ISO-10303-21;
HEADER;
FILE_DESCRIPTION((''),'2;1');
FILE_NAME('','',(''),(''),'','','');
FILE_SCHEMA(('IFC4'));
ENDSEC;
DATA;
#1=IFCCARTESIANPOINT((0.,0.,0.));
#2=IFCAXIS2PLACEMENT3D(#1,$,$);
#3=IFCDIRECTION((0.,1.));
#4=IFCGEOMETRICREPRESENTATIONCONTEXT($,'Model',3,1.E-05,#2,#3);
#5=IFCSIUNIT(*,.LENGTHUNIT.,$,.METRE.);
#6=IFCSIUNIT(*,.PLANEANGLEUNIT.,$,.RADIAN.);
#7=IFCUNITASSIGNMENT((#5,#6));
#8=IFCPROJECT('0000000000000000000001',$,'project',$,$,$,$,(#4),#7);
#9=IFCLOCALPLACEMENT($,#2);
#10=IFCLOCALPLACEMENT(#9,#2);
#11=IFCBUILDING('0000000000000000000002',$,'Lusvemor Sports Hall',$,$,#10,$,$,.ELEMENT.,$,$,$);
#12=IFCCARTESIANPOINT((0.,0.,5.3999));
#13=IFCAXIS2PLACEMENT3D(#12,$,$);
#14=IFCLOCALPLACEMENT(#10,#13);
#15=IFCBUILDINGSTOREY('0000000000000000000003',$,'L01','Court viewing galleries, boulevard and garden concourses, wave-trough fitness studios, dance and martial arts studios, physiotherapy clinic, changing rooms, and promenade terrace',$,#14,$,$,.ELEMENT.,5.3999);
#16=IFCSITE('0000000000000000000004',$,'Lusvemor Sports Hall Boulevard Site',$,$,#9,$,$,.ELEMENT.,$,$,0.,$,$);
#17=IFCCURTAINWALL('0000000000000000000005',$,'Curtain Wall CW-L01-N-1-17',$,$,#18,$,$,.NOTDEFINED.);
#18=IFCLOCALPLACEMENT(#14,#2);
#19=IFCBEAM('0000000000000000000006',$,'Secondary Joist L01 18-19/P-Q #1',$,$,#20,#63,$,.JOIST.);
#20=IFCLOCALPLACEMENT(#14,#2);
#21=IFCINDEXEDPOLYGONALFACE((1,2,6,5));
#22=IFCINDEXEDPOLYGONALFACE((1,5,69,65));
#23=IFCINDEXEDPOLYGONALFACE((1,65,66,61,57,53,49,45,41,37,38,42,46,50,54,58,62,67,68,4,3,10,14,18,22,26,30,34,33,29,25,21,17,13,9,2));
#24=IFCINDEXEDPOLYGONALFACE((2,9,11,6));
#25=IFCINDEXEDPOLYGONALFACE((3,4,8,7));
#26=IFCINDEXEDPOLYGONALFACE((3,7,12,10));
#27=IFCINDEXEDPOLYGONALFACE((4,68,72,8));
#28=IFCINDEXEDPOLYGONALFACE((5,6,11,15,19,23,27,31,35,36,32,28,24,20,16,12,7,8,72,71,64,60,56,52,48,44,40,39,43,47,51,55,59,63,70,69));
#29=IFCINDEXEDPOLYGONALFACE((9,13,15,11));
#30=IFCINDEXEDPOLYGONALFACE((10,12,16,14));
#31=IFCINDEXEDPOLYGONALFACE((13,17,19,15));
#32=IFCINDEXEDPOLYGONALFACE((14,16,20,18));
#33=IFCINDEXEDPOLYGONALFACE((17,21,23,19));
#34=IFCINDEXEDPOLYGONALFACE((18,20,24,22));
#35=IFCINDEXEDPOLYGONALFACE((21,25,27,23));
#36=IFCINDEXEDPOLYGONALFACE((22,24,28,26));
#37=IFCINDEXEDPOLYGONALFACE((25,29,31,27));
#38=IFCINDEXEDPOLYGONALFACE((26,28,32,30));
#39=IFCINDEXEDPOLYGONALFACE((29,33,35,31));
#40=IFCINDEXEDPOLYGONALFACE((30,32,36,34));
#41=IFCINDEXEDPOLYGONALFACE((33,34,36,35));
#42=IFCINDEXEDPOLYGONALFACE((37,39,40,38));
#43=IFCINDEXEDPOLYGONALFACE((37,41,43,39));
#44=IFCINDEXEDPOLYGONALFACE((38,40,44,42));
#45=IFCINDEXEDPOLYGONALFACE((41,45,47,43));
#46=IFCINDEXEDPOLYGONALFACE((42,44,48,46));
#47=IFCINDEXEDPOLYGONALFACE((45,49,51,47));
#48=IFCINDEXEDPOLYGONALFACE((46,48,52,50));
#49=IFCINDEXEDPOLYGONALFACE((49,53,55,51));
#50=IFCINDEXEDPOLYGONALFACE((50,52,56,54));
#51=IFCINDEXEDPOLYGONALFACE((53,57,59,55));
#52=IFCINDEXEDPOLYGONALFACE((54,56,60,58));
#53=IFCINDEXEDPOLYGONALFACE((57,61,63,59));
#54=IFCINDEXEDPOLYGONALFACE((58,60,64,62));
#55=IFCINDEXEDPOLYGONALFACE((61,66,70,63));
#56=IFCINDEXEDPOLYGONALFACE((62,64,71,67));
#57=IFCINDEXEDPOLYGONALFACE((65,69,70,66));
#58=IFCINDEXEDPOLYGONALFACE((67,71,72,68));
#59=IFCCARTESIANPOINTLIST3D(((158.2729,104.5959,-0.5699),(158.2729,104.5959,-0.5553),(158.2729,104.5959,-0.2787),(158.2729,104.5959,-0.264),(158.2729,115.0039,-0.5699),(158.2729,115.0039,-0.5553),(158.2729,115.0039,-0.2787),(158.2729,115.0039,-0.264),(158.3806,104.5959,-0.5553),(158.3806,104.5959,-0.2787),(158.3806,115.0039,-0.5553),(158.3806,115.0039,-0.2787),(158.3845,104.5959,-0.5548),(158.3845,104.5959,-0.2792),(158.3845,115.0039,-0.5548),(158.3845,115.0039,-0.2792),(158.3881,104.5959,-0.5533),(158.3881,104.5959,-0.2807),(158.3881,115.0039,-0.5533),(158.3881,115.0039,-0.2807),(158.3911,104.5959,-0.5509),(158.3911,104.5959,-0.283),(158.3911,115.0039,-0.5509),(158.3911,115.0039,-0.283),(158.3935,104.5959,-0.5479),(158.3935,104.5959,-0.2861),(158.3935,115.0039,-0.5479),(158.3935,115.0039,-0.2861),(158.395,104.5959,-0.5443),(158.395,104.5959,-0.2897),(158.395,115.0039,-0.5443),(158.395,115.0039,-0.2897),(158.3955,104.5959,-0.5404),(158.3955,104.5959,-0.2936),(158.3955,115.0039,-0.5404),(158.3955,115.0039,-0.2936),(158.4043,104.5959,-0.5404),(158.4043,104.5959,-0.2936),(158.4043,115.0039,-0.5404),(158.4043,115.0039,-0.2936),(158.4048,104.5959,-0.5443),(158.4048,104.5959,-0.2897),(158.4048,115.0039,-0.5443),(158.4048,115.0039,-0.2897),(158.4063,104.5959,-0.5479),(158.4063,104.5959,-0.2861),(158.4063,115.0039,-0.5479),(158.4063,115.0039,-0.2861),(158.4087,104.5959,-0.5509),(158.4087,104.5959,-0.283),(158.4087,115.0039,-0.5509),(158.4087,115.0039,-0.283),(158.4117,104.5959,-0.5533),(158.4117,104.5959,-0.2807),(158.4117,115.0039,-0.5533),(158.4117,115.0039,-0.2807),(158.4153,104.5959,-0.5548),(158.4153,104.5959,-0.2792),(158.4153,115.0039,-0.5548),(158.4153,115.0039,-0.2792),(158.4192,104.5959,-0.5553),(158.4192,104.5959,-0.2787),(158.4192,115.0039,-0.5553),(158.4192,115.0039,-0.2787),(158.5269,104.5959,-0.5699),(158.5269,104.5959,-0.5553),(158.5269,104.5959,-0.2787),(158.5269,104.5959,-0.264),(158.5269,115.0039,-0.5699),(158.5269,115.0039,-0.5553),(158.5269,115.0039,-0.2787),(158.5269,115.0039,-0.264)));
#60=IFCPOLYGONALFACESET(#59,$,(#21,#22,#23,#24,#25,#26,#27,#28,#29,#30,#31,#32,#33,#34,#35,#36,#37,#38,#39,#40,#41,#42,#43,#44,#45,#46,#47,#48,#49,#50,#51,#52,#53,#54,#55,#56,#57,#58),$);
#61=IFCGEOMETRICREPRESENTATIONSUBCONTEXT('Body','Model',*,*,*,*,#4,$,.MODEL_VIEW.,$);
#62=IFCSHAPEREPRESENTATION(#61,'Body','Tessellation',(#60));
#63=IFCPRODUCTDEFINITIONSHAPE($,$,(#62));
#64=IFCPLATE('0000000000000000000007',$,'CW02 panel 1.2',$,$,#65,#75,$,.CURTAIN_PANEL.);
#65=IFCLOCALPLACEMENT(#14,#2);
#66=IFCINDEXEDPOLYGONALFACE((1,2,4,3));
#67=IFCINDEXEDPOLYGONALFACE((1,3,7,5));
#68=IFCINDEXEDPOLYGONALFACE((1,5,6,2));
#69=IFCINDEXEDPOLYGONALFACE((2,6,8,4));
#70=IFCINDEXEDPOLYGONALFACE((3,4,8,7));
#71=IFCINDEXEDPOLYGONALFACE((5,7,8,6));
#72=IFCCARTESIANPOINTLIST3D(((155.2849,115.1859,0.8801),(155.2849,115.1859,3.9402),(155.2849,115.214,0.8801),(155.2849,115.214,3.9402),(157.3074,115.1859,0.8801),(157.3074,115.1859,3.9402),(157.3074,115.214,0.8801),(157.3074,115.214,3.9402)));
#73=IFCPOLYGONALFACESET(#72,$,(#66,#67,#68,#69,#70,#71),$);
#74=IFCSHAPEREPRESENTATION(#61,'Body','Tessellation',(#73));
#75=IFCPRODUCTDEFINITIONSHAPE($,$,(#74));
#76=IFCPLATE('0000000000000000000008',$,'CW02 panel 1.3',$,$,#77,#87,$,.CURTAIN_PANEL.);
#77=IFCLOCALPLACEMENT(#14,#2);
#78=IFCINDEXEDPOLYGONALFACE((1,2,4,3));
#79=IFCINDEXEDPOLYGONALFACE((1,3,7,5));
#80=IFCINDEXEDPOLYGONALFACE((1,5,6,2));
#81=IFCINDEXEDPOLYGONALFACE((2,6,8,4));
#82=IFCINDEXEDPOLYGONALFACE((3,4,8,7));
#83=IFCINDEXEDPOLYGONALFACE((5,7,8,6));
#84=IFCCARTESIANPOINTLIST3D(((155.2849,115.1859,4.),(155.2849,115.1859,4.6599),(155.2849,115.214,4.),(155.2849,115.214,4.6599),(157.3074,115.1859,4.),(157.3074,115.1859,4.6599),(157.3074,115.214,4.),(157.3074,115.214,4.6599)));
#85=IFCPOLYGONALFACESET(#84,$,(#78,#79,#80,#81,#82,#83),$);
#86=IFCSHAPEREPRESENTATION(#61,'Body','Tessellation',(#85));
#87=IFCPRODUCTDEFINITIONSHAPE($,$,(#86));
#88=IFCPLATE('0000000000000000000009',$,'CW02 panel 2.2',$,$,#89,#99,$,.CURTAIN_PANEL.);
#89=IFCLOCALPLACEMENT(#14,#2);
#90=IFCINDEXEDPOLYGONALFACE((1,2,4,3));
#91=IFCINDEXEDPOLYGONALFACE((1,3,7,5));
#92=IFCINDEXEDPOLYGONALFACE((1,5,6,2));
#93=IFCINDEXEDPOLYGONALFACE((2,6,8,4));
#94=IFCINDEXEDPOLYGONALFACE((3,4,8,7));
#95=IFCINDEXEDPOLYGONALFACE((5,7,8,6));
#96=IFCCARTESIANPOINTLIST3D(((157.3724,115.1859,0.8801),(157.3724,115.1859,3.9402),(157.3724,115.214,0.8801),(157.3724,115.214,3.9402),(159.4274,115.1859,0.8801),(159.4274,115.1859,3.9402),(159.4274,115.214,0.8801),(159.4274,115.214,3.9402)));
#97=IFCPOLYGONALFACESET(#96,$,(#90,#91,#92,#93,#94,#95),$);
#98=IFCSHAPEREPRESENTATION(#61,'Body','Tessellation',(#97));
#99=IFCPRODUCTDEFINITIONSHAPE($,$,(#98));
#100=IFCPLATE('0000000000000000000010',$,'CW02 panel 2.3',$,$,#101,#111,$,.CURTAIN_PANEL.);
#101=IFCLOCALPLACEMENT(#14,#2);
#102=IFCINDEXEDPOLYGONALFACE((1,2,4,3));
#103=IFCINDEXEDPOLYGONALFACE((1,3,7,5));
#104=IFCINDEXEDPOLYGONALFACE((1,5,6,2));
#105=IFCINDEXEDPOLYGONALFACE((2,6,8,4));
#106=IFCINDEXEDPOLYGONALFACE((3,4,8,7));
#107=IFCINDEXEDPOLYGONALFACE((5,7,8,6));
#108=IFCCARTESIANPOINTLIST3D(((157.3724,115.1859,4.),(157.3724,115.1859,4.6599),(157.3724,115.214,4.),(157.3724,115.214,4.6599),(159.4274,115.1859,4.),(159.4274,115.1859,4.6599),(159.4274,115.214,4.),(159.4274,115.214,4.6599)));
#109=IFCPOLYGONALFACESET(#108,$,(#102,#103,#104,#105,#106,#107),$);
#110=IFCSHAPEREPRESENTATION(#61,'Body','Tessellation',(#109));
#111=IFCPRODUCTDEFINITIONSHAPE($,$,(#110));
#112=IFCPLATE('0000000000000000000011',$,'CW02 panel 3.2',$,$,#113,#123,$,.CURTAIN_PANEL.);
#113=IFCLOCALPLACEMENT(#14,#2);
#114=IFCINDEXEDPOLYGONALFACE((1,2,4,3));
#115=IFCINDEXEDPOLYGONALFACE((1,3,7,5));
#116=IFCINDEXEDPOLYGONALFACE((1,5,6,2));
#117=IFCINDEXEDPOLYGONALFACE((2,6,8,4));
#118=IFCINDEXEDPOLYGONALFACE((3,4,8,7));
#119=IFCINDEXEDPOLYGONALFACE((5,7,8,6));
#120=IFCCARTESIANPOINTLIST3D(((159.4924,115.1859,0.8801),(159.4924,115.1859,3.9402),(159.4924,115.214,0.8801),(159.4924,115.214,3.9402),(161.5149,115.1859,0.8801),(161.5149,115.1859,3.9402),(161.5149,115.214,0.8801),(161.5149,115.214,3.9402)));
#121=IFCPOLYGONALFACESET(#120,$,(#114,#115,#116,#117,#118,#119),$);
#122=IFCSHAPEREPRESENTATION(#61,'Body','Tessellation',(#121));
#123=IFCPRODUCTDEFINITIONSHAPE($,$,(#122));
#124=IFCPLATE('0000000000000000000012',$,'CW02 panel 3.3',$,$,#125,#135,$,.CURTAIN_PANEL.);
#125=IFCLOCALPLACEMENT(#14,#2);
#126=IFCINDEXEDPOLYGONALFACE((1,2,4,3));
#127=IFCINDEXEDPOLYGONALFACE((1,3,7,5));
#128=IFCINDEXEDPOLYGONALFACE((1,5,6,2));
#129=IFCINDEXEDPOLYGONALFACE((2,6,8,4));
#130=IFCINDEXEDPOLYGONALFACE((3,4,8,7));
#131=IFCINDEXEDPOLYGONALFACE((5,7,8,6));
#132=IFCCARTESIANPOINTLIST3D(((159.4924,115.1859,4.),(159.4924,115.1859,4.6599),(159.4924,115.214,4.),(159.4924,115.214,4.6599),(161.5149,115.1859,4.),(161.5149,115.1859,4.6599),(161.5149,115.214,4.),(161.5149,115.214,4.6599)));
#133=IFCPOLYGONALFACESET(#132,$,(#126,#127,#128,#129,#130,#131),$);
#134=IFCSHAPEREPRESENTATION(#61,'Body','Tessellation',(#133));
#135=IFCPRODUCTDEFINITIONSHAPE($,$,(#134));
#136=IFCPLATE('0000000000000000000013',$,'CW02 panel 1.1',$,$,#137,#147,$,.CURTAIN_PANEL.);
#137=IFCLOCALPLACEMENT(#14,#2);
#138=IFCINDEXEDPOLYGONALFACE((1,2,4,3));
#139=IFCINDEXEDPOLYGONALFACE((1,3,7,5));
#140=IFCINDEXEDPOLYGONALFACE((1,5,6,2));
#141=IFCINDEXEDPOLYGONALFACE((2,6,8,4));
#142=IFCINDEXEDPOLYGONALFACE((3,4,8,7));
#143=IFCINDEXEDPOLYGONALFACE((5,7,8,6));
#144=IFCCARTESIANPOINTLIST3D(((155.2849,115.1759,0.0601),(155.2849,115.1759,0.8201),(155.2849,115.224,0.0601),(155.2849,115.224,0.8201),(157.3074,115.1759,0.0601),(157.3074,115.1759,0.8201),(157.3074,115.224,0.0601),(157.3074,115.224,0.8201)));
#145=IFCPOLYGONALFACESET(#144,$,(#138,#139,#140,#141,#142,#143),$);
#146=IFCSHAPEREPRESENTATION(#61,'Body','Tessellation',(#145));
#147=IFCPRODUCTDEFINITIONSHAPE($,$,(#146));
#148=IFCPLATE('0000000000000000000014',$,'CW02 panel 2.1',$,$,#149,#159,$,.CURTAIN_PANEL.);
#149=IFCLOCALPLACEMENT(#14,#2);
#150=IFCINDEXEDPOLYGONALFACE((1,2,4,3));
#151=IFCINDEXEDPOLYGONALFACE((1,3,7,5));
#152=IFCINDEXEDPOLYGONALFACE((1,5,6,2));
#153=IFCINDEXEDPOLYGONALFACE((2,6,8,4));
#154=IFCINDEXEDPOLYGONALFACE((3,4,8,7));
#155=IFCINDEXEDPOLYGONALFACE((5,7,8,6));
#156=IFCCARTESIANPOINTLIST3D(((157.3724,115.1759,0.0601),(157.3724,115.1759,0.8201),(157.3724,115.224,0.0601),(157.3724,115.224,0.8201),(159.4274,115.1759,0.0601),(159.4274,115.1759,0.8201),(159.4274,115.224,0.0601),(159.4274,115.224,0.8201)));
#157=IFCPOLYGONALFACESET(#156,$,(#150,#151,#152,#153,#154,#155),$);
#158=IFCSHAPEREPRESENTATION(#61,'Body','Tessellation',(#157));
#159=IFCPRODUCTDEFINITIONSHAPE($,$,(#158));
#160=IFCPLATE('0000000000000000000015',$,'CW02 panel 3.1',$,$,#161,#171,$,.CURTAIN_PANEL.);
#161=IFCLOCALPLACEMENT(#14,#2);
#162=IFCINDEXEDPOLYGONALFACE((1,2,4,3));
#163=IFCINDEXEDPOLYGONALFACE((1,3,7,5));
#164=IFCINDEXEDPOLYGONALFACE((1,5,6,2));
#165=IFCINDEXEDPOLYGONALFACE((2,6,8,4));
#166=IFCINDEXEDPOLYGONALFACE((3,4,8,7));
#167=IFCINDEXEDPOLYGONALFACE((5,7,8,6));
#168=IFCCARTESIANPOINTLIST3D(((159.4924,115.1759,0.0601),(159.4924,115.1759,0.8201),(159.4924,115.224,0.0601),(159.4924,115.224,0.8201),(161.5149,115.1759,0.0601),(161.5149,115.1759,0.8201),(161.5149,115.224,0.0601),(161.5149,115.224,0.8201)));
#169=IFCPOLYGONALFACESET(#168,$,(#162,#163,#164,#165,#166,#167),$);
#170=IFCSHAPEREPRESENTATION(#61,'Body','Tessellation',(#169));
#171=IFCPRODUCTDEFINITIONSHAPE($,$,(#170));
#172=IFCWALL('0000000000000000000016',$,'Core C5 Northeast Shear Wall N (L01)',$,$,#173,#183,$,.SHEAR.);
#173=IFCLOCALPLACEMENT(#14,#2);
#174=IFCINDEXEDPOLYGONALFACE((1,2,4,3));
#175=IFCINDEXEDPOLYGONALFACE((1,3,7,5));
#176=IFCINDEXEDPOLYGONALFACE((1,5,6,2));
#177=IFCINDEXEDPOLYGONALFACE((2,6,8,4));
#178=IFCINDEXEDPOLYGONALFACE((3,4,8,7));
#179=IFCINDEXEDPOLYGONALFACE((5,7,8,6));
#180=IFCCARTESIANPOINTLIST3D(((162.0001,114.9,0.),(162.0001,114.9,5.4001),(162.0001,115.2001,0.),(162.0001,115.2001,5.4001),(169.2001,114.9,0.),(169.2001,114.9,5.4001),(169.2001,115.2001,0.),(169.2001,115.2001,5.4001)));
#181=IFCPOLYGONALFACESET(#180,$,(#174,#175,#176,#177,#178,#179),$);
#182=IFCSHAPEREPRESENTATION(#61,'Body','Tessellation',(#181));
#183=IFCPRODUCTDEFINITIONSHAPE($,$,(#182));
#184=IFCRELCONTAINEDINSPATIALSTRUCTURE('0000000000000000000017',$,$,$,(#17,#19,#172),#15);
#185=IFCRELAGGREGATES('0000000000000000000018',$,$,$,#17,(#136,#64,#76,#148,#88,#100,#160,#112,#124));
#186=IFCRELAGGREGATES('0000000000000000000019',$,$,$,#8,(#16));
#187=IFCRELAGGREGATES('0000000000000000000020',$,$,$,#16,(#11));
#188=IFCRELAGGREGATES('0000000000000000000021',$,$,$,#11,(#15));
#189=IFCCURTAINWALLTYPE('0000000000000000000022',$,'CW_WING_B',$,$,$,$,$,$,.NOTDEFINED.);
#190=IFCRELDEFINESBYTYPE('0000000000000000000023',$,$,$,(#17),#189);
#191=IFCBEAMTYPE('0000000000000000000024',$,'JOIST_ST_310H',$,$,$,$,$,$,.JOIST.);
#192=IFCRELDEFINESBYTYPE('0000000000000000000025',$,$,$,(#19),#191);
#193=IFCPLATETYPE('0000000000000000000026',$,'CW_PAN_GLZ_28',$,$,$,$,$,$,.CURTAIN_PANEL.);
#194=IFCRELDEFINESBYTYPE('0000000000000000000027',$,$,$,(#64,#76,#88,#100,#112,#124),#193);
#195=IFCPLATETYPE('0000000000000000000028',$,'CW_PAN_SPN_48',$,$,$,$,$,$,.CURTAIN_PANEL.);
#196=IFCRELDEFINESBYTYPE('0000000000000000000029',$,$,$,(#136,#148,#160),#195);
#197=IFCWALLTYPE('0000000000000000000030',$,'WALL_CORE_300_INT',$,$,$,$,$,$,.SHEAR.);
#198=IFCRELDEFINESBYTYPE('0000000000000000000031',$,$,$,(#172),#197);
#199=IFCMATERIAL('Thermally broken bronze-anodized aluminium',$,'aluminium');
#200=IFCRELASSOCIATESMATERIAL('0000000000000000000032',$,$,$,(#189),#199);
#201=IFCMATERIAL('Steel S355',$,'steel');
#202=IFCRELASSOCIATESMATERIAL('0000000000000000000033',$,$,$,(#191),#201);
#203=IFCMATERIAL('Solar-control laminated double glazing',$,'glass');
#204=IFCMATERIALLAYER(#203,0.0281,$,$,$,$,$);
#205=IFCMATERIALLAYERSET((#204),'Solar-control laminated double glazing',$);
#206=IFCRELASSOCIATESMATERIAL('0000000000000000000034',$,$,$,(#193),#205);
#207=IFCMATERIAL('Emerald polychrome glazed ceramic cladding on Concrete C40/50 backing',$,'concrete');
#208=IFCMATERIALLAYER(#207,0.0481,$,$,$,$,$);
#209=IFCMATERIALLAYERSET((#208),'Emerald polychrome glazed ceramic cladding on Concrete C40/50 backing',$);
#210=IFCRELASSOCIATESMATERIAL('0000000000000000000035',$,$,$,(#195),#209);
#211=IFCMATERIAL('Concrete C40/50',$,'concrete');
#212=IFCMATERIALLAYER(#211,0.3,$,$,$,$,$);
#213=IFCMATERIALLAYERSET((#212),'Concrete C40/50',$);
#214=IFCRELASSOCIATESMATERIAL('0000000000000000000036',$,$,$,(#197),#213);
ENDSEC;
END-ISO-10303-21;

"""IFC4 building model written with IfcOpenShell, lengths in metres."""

from ifc_helpers import new_model, si_unit, direction, frame, frame_2d, origin, origin_2d, place, context, subcontext, project, spatial, rectangle, i_section, extrude, material, layer, layer_set, material_profile, profile_set, type_object, element, aggregate, save


model = new_model("IFC4")

# Units and contexts
model_context = context("Model", 3, precision=1e-05, world=origin(), true_north=direction((0.0, 1.0)))
body_context = subcontext(model_context, "Body", "Model", "MODEL_VIEW")
ifc_project = project(units=[si_unit("LENGTHUNIT", "METRE"), si_unit("PLANEANGLEUNIT", "RADIAN")], contexts=[model_context])

# Site, building, storey
site_placement = place(None, origin())
site = spatial("IfcSite", under=ifc_project, at=site_placement, Name="Lusvemor Sports Hall Boulevard Site", CompositionType="ELEMENT", RefElevation=0.0)
building_placement = place(site_placement, origin())
building = spatial("IfcBuilding", under=site, at=building_placement, Name="Lusvemor Sports Hall", CompositionType="ELEMENT")
storey_placement = place(building_placement, frame((0.0, 0.0, 5.3999)))
storey = spatial("IfcBuildingStorey", under=building, at=storey_placement, Name="L01", Description="Court viewing galleries, boulevard and garden concourses, wave-trough fitness studios, dance and martial arts studios, physiotherapy clinic, changing rooms, and promenade terrace", CompositionType="ELEMENT", Elevation=5.3999)

# Curtain wall
ifc_material_1 = material(Name="Thermally broken bronze-anodized aluminium", Category="aluminium")
curtain_wall_type = type_object("IfcCurtainWallType", Name="CW_WING_B", PredefinedType="NOTDEFINED", material=ifc_material_1)
curtain_wall_placement = place(storey_placement, origin())
curtain_wall = element("IfcCurtainWall", 1, at=curtain_wall_placement, inside=storey, type_object=curtain_wall_type, Name="Curtain Wall CW-L01-N-1-17", PredefinedType="NOTDEFINED")

# Beam
ifc_material_2 = material(Name="Steel S355", Category="steel")
ifc_material_profile_1 = material_profile(ifc_material_2, i_section(OverallWidth=0.2539, OverallDepth=0.3059, WebThickness=0.0088, FlangeThickness=0.0146, FilletRadius=0.0149, at=origin_2d()), Name="W310x79.0")
ifc_profile_set_1 = profile_set([ifc_material_profile_1], Name="Steel S355")
beam_type_1 = type_object("IfcBeamType", Name="JOIST_ST_310H", PredefinedType="JOIST", material=ifc_profile_set_1)
beam_1_placement = place(storey_placement, frame((158.3999, 104.5959, -0.417), z_axis=(0.0, 1.0, 0.0), x_axis=(-1.0, 0.0, 0.0)))
element("IfcBeam", 2, at=beam_1_placement, inside=storey, type_object=beam_type_1, Name="Secondary Joist L01 18-19/P-Q #1", PredefinedType="JOIST", context=body_context, shape_type="SweptSolid", body=[
    extrude(i_section(OverallWidth=0.2539, OverallDepth=0.3059, WebThickness=0.0088, FlangeThickness=0.0146, FilletRadius=0.0149, at=origin_2d()), origin(), (0.0, 0.0, 1.0), 10.408),
])

# Plates
ifc_material_3 = material(Name="Solar-control laminated double glazing", Category="glass")
ifc_layer_1 = layer(ifc_material_3, 0.0281)
ifc_layer_set_1 = layer_set([ifc_layer_1], Name="Solar-control laminated double glazing")
plate_type_1 = type_object("IfcPlateType", Name="CW_PAN_GLZ_28", PredefinedType="CURTAIN_PANEL", material=ifc_layer_set_1)
plate_1_placement = place(storey_placement, frame((156.2961, 115.2, 0.8801), z_axis=(0.0, 0.0, 1.0), x_axis=(1.0, 0.0, 0.0)))
plate_1 = element("IfcPlate", 3, at=plate_1_placement, type_object=plate_type_1, Name="CW02 panel 1.2", PredefinedType="CURTAIN_PANEL", context=body_context, shape_type="SweptSolid", body=[
    extrude(rectangle(XDim=2.0225, YDim=0.0281, at=origin_2d()), origin(), (0.0, 0.0, 1.0), 3.0601),
])
plate_2_placement = place(storey_placement, frame((156.2961, 115.2, 4.0), z_axis=(0.0, 0.0, 1.0), x_axis=(1.0, 0.0, 0.0)))
plate_2 = element("IfcPlate", 4, at=plate_2_placement, type_object=plate_type_1, Name="CW02 panel 1.3", PredefinedType="CURTAIN_PANEL", context=body_context, shape_type="SweptSolid", body=[
    extrude(rectangle(XDim=2.0225, YDim=0.0281, at=origin_2d()), origin(), (0.0, 0.0, 1.0), 0.6599),
])
plate_3_placement = place(storey_placement, frame((158.3999, 115.2, 0.8801), z_axis=(0.0, 0.0, 1.0), x_axis=(1.0, 0.0, 0.0)))
plate_3 = element("IfcPlate", 5, at=plate_3_placement, type_object=plate_type_1, Name="CW02 panel 2.2", PredefinedType="CURTAIN_PANEL", context=body_context, shape_type="SweptSolid", body=[
    extrude(rectangle(XDim=2.0549, YDim=0.0281, at=origin_2d()), origin(), (0.0, 0.0, 1.0), 3.0601),
])
plate_4_placement = place(storey_placement, frame((158.3999, 115.2, 4.0), z_axis=(0.0, 0.0, 1.0), x_axis=(1.0, 0.0, 0.0)))
plate_4 = element("IfcPlate", 6, at=plate_4_placement, type_object=plate_type_1, Name="CW02 panel 2.3", PredefinedType="CURTAIN_PANEL", context=body_context, shape_type="SweptSolid", body=[
    extrude(rectangle(XDim=2.0549, YDim=0.0281, at=origin_2d()), origin(), (0.0, 0.0, 1.0), 0.6599),
])
plate_5_placement = place(storey_placement, frame((160.5037, 115.2, 0.8801), z_axis=(0.0, 0.0, 1.0), x_axis=(1.0, 0.0, 0.0)))
plate_5 = element("IfcPlate", 7, at=plate_5_placement, type_object=plate_type_1, Name="CW02 panel 3.2", PredefinedType="CURTAIN_PANEL", context=body_context, shape_type="SweptSolid", body=[
    extrude(rectangle(XDim=2.0225, YDim=0.0281, at=origin_2d()), origin(), (0.0, 0.0, 1.0), 3.0601),
])
plate_6_placement = place(storey_placement, frame((160.5037, 115.2, 4.0), z_axis=(0.0, 0.0, 1.0), x_axis=(1.0, 0.0, 0.0)))
plate_6 = element("IfcPlate", 8, at=plate_6_placement, type_object=plate_type_1, Name="CW02 panel 3.3", PredefinedType="CURTAIN_PANEL", context=body_context, shape_type="SweptSolid", body=[
    extrude(rectangle(XDim=2.0225, YDim=0.0281, at=origin_2d()), origin(), (0.0, 0.0, 1.0), 0.6599),
])
ifc_material_4 = material(Name="Emerald polychrome glazed ceramic cladding on Concrete C40/50 backing", Category="concrete")
ifc_layer_2 = layer(ifc_material_4, 0.0481)
ifc_layer_set_2 = layer_set([ifc_layer_2], Name="Emerald polychrome glazed ceramic cladding on Concrete C40/50 backing")
plate_type_2 = type_object("IfcPlateType", Name="CW_PAN_SPN_48", PredefinedType="CURTAIN_PANEL", material=ifc_layer_set_2)
plate_7_placement = place(storey_placement, frame((156.2961, 115.2, 0.0601), z_axis=(0.0, 0.0, 1.0), x_axis=(1.0, 0.0, 0.0)))
plate_7 = element("IfcPlate", 9, at=plate_7_placement, type_object=plate_type_2, Name="CW02 panel 1.1", PredefinedType="CURTAIN_PANEL", context=body_context, shape_type="SweptSolid", body=[
    extrude(rectangle(XDim=2.0225, YDim=0.0481, at=origin_2d()), origin(), (0.0, 0.0, 1.0), 0.76),
])
plate_8_placement = place(storey_placement, frame((158.3999, 115.2, 0.0601), z_axis=(0.0, 0.0, 1.0), x_axis=(1.0, 0.0, 0.0)))
plate_8 = element("IfcPlate", 10, at=plate_8_placement, type_object=plate_type_2, Name="CW02 panel 2.1", PredefinedType="CURTAIN_PANEL", context=body_context, shape_type="SweptSolid", body=[
    extrude(rectangle(XDim=2.0549, YDim=0.0481, at=origin_2d()), origin(), (0.0, 0.0, 1.0), 0.76),
])
plate_9_placement = place(storey_placement, frame((160.5037, 115.2, 0.0601), z_axis=(0.0, 0.0, 1.0), x_axis=(1.0, 0.0, 0.0)))
plate_9 = element("IfcPlate", 11, at=plate_9_placement, type_object=plate_type_2, Name="CW02 panel 3.1", PredefinedType="CURTAIN_PANEL", context=body_context, shape_type="SweptSolid", body=[
    extrude(rectangle(XDim=2.0225, YDim=0.0481, at=origin_2d()), origin(), (0.0, 0.0, 1.0), 0.76),
])
aggregate(curtain_wall, [plate_7, plate_1, plate_2, plate_8, plate_3, plate_4, plate_9, plate_5, plate_6])

# Wall
ifc_material_5 = material(Name="Concrete C40/50", Category="concrete")
ifc_layer_3 = layer(ifc_material_5, 0.3)
ifc_layer_set_3 = layer_set([ifc_layer_3], Name="Concrete C40/50")
wall_type = type_object("IfcWallType", Name="WALL_CORE_300_INT", PredefinedType="SHEAR", material=ifc_layer_set_3)
wall_placement = place(storey_placement, frame((162.0, 115.05, 0.0), z_axis=(0.0, 0.0, 1.0), x_axis=(1.0, 0.0, 0.0)))
element("IfcWall", 12, at=wall_placement, inside=storey, type_object=wall_type, Name="Core C5 Northeast Shear Wall N (L01)", PredefinedType="SHEAR", context=body_context, shape_type="SweptSolid", body=[
    extrude(rectangle(XDim=7.2, YDim=0.3, at=frame_2d((3.6001, 0.0))), origin(), (0.0, 0.0, 1.0), 5.4001),
])

save(model, "model.ifc")
